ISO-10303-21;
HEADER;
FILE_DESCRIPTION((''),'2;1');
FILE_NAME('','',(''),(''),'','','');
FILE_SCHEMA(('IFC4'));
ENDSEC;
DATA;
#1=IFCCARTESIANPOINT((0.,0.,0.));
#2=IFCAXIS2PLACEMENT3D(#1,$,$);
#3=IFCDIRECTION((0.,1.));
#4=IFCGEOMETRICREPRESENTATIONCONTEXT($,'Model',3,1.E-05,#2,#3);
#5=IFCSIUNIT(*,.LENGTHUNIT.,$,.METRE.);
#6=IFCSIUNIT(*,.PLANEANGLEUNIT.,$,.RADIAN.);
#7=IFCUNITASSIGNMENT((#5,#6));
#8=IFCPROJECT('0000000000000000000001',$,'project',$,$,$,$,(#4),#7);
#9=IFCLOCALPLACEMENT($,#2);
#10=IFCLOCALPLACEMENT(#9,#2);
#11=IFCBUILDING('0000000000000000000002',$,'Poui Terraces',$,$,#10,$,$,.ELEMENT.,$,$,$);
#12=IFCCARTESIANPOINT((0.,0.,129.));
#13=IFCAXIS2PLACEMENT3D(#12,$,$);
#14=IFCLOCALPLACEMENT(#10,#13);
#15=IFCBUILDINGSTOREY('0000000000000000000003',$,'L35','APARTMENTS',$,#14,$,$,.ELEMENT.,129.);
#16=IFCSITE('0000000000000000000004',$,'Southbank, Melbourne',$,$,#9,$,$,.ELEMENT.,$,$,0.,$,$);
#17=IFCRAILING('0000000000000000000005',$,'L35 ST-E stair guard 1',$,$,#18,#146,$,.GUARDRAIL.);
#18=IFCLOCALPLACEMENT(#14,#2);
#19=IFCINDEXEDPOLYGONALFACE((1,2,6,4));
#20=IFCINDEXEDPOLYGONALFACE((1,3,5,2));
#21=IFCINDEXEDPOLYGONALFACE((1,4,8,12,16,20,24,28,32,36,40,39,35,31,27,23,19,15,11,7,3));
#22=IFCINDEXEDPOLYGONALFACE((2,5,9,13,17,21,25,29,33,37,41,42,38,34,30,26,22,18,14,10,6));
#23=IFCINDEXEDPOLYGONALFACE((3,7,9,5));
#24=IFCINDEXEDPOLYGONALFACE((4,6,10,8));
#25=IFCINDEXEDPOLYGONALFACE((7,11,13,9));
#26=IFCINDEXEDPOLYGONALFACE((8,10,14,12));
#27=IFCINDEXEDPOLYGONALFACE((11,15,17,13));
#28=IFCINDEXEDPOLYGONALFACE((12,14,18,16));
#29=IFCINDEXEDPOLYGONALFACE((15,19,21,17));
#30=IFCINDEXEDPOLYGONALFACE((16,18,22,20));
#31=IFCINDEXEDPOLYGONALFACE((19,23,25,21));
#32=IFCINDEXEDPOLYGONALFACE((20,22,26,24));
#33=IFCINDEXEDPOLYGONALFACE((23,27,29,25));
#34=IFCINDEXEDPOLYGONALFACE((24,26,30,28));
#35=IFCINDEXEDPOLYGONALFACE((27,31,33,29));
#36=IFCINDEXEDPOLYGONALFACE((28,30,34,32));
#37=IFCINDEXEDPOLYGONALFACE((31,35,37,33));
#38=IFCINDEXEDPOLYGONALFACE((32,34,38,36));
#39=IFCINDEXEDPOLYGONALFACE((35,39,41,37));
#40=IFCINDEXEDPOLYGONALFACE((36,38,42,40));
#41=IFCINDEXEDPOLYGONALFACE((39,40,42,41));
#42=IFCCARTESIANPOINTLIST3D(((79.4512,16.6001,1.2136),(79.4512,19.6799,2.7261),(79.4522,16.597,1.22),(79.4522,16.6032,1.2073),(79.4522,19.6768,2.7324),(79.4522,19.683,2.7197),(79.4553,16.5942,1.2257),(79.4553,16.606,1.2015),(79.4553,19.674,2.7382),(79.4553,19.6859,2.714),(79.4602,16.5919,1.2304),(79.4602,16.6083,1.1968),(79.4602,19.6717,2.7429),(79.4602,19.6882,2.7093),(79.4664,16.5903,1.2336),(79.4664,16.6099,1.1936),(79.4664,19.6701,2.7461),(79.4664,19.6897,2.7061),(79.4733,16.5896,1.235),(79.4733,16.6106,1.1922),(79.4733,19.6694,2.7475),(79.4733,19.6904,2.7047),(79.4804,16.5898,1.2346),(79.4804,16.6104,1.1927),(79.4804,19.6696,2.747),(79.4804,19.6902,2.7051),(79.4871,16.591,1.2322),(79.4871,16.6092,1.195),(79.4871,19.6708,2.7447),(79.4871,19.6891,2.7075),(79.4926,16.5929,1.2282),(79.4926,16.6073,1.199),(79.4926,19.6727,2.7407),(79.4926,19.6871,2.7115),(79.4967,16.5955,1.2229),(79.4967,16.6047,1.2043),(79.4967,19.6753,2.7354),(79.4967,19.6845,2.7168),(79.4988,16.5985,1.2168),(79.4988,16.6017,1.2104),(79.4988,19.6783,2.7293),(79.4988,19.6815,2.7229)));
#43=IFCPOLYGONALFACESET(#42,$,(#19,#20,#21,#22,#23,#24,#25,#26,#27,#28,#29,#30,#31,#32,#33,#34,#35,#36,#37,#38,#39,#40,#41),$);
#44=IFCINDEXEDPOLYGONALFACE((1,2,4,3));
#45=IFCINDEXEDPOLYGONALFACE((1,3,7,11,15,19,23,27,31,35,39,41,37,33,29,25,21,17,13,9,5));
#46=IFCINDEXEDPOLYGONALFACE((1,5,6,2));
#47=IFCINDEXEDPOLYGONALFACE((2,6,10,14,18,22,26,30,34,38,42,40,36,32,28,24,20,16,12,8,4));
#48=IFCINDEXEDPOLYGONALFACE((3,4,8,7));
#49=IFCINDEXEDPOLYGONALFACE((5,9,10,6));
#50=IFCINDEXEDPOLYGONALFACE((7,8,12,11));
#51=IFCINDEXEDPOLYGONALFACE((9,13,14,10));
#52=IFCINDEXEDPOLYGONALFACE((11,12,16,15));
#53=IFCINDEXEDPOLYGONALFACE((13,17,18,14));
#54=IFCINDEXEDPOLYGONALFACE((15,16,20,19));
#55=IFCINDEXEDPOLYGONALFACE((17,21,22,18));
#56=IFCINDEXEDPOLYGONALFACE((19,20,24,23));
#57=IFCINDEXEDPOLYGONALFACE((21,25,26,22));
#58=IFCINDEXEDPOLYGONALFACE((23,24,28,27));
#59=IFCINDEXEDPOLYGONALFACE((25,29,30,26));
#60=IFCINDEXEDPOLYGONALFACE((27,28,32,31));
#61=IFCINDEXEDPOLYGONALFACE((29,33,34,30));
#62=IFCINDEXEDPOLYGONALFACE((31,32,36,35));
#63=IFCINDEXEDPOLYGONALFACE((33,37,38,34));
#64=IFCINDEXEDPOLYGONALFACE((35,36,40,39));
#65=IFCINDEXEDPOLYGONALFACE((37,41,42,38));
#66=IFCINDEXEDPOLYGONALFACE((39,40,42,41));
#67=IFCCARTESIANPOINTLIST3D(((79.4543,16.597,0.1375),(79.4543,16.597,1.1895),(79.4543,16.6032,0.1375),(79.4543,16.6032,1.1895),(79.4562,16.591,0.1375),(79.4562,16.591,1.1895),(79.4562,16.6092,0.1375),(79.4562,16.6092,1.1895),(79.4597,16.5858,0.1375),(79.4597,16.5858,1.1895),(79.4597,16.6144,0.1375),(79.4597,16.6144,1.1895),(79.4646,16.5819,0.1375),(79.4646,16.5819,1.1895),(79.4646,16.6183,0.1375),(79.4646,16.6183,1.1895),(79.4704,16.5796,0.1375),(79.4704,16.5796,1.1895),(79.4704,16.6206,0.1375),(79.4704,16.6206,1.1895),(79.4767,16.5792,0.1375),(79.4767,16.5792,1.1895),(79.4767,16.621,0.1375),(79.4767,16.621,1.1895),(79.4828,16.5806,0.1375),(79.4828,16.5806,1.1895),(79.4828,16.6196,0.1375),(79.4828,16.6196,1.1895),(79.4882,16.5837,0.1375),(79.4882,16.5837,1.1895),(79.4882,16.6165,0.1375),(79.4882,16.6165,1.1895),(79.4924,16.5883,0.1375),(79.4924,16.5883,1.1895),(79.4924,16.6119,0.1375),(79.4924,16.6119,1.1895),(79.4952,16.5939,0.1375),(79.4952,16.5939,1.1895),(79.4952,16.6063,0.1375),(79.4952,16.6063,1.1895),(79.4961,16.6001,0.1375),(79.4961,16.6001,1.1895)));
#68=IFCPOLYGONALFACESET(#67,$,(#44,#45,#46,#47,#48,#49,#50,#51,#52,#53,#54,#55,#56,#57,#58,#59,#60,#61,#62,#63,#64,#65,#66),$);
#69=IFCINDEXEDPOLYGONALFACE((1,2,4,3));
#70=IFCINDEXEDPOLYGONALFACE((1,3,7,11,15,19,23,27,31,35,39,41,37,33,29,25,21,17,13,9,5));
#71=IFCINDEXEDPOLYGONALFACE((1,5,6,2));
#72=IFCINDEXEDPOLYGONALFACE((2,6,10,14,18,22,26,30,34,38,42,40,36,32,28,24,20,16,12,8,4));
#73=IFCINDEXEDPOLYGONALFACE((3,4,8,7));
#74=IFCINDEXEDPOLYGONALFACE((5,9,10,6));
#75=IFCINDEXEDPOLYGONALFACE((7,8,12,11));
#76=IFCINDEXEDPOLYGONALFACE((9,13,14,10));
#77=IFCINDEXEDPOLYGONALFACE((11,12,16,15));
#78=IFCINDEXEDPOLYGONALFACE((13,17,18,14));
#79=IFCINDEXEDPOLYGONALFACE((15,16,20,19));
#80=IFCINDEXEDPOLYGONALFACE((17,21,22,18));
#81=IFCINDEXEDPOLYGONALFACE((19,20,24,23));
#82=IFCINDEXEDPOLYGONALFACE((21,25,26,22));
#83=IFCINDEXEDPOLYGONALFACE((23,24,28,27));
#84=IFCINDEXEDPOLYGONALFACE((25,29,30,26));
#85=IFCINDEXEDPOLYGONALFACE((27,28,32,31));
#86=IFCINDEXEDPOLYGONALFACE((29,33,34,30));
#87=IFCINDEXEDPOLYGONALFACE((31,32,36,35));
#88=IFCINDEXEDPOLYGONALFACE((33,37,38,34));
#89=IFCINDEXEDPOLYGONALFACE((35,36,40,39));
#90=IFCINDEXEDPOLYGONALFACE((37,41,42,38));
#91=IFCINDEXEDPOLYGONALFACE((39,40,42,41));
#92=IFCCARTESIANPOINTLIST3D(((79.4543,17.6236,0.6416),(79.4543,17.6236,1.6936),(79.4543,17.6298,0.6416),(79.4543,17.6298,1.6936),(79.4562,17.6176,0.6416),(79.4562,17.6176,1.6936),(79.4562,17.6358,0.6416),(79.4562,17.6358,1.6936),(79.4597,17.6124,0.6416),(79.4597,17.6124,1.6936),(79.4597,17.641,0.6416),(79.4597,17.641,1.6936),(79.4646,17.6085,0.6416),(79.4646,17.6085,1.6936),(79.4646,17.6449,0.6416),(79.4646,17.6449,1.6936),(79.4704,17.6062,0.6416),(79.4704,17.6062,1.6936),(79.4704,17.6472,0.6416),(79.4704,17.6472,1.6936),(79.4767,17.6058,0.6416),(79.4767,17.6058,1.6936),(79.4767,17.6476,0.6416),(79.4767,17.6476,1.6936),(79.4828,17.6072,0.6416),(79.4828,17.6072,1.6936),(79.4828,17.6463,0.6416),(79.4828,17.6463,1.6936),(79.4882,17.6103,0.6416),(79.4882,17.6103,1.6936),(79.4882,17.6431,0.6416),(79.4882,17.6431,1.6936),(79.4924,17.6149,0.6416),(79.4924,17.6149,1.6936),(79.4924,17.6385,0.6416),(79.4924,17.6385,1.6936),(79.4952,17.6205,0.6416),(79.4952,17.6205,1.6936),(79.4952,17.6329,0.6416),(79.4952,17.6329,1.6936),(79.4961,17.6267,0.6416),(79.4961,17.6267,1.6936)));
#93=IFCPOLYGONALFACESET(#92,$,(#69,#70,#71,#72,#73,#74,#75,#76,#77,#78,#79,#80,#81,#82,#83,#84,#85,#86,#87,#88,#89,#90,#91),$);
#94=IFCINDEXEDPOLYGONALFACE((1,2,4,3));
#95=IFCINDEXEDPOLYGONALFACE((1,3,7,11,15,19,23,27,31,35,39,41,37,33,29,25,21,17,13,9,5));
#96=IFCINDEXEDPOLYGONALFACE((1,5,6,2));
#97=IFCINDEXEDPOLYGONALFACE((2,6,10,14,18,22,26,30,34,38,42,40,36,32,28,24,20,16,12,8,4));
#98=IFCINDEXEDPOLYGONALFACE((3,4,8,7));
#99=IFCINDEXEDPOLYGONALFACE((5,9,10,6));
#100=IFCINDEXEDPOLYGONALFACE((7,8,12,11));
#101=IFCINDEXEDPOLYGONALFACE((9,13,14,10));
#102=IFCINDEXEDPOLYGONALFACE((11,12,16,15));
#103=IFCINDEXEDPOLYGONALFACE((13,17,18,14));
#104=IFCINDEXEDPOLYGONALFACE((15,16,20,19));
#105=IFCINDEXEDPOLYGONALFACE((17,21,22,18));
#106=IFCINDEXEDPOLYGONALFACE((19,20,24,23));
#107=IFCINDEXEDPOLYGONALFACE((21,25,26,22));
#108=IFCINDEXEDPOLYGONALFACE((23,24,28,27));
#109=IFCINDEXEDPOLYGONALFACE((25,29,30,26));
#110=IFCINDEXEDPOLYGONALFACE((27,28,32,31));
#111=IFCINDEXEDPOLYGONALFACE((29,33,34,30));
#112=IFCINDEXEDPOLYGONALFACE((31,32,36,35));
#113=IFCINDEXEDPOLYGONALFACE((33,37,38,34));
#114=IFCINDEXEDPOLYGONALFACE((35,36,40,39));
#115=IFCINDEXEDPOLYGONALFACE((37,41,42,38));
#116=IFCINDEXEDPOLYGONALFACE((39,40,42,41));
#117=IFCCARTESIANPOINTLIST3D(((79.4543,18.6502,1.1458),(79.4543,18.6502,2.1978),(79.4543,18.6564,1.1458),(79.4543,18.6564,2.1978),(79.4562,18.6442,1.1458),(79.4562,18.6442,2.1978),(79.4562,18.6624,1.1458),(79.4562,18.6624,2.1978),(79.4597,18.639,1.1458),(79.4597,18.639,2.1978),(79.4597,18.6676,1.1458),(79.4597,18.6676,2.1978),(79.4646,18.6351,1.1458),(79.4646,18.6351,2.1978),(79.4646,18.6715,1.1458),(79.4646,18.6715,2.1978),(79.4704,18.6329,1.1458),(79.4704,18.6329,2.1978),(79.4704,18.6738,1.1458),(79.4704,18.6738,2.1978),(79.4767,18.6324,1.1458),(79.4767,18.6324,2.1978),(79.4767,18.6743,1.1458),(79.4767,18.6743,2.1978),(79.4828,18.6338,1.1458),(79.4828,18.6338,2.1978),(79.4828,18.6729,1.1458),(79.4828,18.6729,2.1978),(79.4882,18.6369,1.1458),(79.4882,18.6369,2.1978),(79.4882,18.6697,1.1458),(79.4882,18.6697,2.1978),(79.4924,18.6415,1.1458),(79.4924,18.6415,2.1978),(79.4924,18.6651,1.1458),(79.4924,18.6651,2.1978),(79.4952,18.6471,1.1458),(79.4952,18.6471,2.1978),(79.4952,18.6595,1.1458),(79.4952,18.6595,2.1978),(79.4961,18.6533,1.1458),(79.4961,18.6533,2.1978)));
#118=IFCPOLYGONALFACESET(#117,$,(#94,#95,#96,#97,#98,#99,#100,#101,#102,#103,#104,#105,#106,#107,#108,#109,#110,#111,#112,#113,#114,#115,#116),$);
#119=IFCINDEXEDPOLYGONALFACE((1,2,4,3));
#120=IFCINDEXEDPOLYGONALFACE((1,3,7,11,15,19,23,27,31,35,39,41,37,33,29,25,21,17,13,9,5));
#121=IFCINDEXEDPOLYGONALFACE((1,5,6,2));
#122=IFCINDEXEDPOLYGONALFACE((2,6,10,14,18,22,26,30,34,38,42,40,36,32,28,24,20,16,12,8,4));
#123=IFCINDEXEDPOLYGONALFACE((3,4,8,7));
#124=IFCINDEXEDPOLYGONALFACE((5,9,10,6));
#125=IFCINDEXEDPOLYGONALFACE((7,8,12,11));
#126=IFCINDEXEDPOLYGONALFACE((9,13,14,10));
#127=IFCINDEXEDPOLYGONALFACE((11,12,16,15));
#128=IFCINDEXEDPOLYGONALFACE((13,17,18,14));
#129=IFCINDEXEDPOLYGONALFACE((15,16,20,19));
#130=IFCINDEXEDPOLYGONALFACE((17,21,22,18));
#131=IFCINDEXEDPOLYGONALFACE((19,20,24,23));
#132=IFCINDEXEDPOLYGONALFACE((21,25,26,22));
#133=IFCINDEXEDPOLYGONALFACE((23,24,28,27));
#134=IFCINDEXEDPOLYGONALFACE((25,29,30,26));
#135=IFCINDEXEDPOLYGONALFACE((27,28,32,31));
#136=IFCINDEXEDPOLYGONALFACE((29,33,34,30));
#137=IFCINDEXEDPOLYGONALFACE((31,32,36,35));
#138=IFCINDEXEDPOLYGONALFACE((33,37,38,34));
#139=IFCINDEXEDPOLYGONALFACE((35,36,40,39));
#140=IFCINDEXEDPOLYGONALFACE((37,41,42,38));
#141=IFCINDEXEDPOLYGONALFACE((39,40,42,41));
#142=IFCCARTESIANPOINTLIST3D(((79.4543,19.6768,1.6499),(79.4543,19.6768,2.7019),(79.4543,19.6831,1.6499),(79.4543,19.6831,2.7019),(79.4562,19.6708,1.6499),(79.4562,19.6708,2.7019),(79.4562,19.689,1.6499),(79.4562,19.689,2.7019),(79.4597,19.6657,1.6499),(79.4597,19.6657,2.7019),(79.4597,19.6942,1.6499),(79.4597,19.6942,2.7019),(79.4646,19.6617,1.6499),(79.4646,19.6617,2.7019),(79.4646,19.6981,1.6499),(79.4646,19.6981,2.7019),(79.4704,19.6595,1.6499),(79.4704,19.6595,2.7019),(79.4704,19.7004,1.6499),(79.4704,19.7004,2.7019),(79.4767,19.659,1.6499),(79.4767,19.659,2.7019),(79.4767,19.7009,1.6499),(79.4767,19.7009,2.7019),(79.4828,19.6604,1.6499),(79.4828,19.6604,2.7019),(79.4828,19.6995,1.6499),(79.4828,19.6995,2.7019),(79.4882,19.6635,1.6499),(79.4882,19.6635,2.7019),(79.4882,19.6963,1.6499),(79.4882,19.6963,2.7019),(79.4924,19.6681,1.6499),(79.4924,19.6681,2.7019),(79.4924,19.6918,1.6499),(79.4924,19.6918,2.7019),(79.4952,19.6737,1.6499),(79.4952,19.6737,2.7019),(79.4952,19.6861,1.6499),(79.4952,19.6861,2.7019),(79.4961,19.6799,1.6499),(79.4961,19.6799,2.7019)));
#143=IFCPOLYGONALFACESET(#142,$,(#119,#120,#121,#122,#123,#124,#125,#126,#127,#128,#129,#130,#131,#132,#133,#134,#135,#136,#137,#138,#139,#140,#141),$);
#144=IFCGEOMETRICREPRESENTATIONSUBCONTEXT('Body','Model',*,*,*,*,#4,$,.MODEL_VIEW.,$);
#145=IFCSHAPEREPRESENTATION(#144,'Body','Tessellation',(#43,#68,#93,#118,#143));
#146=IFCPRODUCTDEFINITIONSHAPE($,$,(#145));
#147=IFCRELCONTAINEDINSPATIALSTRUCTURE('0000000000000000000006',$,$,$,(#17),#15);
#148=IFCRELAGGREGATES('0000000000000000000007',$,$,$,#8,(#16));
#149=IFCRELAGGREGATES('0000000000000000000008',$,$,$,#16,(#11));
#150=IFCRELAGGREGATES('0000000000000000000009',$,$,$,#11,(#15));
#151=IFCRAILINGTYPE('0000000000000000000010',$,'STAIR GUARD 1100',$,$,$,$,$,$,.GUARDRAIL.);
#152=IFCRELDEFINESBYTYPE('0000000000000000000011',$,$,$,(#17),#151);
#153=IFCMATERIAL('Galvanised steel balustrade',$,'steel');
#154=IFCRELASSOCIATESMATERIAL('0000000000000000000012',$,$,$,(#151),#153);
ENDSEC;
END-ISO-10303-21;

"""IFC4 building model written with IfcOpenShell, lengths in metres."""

from ifc_helpers import new_model, si_unit, direction, frame, origin, origin_2d, place, context, subcontext, project, spatial, circle, extrude, material, type_object, element, save


model = new_model("IFC4")

# Units and contexts
model_context = context("Model", 3, precision=1e-05, world=origin(), true_north=direction((0.0, 1.0)))
body_context = subcontext(model_context, "Body", "Model", "MODEL_VIEW")
ifc_project = project(units=[si_unit("LENGTHUNIT", "METRE"), si_unit("PLANEANGLEUNIT", "RADIAN")], contexts=[model_context])

# Site, building, storey
site_placement = place(None, origin())
site = spatial("IfcSite", under=ifc_project, at=site_placement, Name="Southbank, Melbourne", CompositionType="ELEMENT", RefElevation=0.0)
building_placement = place(site_placement, origin())
building = spatial("IfcBuilding", under=site, at=building_placement, Name="Poui Terraces", CompositionType="ELEMENT")
storey_placement = place(building_placement, frame((0.0, 0.0, 129.0)))
storey = spatial("IfcBuildingStorey", under=building, at=storey_placement, Name="L35", Description="APARTMENTS", CompositionType="ELEMENT", Elevation=129.0)

# Railing
ifc_material_1 = material(Name="Galvanised steel balustrade", Category="steel")
railing_type_1 = type_object("IfcRailingType", Name="STAIR GUARD 1100", PredefinedType="GUARDRAIL", material=ifc_material_1)
railing_1_placement = place(storey_placement, frame((79.4751, 16.6001, 0.1375)))
element("IfcRailing", 1, at=railing_1_placement, inside=storey, type_object=railing_type_1, Name="L35 ST-E stair guard 1", PredefinedType="GUARDRAIL", context=body_context, shape_type="SweptSolid", body=[
    extrude(circle(Radius=0.0239, at=origin_2d()), frame((0.0, 0.0, 1.0762), z_axis=(0.0, 0.897606, 0.440798), x_axis=(-1.0, 0.0, 0.0)), (0.0, 0.0, 1.0), 3.4312),
    extrude(circle(Radius=0.021, at=origin_2d()), origin(), (0.0, 0.0, 1.0), 1.052),
    extrude(circle(Radius=0.021, at=origin_2d()), frame((0.0, 1.0266, 0.5042)), (0.0, 0.0, 1.0), 1.052),
    extrude(circle(Radius=0.021, at=origin_2d()), frame((0.0, 2.0532, 1.0083)), (0.0, 0.0, 1.0), 1.052),
    extrude(circle(Radius=0.021, at=origin_2d()), frame((0.0, 3.0798, 1.5125)), (0.0, 0.0, 1.0), 1.052),
])

save(model, "model.ifc")
